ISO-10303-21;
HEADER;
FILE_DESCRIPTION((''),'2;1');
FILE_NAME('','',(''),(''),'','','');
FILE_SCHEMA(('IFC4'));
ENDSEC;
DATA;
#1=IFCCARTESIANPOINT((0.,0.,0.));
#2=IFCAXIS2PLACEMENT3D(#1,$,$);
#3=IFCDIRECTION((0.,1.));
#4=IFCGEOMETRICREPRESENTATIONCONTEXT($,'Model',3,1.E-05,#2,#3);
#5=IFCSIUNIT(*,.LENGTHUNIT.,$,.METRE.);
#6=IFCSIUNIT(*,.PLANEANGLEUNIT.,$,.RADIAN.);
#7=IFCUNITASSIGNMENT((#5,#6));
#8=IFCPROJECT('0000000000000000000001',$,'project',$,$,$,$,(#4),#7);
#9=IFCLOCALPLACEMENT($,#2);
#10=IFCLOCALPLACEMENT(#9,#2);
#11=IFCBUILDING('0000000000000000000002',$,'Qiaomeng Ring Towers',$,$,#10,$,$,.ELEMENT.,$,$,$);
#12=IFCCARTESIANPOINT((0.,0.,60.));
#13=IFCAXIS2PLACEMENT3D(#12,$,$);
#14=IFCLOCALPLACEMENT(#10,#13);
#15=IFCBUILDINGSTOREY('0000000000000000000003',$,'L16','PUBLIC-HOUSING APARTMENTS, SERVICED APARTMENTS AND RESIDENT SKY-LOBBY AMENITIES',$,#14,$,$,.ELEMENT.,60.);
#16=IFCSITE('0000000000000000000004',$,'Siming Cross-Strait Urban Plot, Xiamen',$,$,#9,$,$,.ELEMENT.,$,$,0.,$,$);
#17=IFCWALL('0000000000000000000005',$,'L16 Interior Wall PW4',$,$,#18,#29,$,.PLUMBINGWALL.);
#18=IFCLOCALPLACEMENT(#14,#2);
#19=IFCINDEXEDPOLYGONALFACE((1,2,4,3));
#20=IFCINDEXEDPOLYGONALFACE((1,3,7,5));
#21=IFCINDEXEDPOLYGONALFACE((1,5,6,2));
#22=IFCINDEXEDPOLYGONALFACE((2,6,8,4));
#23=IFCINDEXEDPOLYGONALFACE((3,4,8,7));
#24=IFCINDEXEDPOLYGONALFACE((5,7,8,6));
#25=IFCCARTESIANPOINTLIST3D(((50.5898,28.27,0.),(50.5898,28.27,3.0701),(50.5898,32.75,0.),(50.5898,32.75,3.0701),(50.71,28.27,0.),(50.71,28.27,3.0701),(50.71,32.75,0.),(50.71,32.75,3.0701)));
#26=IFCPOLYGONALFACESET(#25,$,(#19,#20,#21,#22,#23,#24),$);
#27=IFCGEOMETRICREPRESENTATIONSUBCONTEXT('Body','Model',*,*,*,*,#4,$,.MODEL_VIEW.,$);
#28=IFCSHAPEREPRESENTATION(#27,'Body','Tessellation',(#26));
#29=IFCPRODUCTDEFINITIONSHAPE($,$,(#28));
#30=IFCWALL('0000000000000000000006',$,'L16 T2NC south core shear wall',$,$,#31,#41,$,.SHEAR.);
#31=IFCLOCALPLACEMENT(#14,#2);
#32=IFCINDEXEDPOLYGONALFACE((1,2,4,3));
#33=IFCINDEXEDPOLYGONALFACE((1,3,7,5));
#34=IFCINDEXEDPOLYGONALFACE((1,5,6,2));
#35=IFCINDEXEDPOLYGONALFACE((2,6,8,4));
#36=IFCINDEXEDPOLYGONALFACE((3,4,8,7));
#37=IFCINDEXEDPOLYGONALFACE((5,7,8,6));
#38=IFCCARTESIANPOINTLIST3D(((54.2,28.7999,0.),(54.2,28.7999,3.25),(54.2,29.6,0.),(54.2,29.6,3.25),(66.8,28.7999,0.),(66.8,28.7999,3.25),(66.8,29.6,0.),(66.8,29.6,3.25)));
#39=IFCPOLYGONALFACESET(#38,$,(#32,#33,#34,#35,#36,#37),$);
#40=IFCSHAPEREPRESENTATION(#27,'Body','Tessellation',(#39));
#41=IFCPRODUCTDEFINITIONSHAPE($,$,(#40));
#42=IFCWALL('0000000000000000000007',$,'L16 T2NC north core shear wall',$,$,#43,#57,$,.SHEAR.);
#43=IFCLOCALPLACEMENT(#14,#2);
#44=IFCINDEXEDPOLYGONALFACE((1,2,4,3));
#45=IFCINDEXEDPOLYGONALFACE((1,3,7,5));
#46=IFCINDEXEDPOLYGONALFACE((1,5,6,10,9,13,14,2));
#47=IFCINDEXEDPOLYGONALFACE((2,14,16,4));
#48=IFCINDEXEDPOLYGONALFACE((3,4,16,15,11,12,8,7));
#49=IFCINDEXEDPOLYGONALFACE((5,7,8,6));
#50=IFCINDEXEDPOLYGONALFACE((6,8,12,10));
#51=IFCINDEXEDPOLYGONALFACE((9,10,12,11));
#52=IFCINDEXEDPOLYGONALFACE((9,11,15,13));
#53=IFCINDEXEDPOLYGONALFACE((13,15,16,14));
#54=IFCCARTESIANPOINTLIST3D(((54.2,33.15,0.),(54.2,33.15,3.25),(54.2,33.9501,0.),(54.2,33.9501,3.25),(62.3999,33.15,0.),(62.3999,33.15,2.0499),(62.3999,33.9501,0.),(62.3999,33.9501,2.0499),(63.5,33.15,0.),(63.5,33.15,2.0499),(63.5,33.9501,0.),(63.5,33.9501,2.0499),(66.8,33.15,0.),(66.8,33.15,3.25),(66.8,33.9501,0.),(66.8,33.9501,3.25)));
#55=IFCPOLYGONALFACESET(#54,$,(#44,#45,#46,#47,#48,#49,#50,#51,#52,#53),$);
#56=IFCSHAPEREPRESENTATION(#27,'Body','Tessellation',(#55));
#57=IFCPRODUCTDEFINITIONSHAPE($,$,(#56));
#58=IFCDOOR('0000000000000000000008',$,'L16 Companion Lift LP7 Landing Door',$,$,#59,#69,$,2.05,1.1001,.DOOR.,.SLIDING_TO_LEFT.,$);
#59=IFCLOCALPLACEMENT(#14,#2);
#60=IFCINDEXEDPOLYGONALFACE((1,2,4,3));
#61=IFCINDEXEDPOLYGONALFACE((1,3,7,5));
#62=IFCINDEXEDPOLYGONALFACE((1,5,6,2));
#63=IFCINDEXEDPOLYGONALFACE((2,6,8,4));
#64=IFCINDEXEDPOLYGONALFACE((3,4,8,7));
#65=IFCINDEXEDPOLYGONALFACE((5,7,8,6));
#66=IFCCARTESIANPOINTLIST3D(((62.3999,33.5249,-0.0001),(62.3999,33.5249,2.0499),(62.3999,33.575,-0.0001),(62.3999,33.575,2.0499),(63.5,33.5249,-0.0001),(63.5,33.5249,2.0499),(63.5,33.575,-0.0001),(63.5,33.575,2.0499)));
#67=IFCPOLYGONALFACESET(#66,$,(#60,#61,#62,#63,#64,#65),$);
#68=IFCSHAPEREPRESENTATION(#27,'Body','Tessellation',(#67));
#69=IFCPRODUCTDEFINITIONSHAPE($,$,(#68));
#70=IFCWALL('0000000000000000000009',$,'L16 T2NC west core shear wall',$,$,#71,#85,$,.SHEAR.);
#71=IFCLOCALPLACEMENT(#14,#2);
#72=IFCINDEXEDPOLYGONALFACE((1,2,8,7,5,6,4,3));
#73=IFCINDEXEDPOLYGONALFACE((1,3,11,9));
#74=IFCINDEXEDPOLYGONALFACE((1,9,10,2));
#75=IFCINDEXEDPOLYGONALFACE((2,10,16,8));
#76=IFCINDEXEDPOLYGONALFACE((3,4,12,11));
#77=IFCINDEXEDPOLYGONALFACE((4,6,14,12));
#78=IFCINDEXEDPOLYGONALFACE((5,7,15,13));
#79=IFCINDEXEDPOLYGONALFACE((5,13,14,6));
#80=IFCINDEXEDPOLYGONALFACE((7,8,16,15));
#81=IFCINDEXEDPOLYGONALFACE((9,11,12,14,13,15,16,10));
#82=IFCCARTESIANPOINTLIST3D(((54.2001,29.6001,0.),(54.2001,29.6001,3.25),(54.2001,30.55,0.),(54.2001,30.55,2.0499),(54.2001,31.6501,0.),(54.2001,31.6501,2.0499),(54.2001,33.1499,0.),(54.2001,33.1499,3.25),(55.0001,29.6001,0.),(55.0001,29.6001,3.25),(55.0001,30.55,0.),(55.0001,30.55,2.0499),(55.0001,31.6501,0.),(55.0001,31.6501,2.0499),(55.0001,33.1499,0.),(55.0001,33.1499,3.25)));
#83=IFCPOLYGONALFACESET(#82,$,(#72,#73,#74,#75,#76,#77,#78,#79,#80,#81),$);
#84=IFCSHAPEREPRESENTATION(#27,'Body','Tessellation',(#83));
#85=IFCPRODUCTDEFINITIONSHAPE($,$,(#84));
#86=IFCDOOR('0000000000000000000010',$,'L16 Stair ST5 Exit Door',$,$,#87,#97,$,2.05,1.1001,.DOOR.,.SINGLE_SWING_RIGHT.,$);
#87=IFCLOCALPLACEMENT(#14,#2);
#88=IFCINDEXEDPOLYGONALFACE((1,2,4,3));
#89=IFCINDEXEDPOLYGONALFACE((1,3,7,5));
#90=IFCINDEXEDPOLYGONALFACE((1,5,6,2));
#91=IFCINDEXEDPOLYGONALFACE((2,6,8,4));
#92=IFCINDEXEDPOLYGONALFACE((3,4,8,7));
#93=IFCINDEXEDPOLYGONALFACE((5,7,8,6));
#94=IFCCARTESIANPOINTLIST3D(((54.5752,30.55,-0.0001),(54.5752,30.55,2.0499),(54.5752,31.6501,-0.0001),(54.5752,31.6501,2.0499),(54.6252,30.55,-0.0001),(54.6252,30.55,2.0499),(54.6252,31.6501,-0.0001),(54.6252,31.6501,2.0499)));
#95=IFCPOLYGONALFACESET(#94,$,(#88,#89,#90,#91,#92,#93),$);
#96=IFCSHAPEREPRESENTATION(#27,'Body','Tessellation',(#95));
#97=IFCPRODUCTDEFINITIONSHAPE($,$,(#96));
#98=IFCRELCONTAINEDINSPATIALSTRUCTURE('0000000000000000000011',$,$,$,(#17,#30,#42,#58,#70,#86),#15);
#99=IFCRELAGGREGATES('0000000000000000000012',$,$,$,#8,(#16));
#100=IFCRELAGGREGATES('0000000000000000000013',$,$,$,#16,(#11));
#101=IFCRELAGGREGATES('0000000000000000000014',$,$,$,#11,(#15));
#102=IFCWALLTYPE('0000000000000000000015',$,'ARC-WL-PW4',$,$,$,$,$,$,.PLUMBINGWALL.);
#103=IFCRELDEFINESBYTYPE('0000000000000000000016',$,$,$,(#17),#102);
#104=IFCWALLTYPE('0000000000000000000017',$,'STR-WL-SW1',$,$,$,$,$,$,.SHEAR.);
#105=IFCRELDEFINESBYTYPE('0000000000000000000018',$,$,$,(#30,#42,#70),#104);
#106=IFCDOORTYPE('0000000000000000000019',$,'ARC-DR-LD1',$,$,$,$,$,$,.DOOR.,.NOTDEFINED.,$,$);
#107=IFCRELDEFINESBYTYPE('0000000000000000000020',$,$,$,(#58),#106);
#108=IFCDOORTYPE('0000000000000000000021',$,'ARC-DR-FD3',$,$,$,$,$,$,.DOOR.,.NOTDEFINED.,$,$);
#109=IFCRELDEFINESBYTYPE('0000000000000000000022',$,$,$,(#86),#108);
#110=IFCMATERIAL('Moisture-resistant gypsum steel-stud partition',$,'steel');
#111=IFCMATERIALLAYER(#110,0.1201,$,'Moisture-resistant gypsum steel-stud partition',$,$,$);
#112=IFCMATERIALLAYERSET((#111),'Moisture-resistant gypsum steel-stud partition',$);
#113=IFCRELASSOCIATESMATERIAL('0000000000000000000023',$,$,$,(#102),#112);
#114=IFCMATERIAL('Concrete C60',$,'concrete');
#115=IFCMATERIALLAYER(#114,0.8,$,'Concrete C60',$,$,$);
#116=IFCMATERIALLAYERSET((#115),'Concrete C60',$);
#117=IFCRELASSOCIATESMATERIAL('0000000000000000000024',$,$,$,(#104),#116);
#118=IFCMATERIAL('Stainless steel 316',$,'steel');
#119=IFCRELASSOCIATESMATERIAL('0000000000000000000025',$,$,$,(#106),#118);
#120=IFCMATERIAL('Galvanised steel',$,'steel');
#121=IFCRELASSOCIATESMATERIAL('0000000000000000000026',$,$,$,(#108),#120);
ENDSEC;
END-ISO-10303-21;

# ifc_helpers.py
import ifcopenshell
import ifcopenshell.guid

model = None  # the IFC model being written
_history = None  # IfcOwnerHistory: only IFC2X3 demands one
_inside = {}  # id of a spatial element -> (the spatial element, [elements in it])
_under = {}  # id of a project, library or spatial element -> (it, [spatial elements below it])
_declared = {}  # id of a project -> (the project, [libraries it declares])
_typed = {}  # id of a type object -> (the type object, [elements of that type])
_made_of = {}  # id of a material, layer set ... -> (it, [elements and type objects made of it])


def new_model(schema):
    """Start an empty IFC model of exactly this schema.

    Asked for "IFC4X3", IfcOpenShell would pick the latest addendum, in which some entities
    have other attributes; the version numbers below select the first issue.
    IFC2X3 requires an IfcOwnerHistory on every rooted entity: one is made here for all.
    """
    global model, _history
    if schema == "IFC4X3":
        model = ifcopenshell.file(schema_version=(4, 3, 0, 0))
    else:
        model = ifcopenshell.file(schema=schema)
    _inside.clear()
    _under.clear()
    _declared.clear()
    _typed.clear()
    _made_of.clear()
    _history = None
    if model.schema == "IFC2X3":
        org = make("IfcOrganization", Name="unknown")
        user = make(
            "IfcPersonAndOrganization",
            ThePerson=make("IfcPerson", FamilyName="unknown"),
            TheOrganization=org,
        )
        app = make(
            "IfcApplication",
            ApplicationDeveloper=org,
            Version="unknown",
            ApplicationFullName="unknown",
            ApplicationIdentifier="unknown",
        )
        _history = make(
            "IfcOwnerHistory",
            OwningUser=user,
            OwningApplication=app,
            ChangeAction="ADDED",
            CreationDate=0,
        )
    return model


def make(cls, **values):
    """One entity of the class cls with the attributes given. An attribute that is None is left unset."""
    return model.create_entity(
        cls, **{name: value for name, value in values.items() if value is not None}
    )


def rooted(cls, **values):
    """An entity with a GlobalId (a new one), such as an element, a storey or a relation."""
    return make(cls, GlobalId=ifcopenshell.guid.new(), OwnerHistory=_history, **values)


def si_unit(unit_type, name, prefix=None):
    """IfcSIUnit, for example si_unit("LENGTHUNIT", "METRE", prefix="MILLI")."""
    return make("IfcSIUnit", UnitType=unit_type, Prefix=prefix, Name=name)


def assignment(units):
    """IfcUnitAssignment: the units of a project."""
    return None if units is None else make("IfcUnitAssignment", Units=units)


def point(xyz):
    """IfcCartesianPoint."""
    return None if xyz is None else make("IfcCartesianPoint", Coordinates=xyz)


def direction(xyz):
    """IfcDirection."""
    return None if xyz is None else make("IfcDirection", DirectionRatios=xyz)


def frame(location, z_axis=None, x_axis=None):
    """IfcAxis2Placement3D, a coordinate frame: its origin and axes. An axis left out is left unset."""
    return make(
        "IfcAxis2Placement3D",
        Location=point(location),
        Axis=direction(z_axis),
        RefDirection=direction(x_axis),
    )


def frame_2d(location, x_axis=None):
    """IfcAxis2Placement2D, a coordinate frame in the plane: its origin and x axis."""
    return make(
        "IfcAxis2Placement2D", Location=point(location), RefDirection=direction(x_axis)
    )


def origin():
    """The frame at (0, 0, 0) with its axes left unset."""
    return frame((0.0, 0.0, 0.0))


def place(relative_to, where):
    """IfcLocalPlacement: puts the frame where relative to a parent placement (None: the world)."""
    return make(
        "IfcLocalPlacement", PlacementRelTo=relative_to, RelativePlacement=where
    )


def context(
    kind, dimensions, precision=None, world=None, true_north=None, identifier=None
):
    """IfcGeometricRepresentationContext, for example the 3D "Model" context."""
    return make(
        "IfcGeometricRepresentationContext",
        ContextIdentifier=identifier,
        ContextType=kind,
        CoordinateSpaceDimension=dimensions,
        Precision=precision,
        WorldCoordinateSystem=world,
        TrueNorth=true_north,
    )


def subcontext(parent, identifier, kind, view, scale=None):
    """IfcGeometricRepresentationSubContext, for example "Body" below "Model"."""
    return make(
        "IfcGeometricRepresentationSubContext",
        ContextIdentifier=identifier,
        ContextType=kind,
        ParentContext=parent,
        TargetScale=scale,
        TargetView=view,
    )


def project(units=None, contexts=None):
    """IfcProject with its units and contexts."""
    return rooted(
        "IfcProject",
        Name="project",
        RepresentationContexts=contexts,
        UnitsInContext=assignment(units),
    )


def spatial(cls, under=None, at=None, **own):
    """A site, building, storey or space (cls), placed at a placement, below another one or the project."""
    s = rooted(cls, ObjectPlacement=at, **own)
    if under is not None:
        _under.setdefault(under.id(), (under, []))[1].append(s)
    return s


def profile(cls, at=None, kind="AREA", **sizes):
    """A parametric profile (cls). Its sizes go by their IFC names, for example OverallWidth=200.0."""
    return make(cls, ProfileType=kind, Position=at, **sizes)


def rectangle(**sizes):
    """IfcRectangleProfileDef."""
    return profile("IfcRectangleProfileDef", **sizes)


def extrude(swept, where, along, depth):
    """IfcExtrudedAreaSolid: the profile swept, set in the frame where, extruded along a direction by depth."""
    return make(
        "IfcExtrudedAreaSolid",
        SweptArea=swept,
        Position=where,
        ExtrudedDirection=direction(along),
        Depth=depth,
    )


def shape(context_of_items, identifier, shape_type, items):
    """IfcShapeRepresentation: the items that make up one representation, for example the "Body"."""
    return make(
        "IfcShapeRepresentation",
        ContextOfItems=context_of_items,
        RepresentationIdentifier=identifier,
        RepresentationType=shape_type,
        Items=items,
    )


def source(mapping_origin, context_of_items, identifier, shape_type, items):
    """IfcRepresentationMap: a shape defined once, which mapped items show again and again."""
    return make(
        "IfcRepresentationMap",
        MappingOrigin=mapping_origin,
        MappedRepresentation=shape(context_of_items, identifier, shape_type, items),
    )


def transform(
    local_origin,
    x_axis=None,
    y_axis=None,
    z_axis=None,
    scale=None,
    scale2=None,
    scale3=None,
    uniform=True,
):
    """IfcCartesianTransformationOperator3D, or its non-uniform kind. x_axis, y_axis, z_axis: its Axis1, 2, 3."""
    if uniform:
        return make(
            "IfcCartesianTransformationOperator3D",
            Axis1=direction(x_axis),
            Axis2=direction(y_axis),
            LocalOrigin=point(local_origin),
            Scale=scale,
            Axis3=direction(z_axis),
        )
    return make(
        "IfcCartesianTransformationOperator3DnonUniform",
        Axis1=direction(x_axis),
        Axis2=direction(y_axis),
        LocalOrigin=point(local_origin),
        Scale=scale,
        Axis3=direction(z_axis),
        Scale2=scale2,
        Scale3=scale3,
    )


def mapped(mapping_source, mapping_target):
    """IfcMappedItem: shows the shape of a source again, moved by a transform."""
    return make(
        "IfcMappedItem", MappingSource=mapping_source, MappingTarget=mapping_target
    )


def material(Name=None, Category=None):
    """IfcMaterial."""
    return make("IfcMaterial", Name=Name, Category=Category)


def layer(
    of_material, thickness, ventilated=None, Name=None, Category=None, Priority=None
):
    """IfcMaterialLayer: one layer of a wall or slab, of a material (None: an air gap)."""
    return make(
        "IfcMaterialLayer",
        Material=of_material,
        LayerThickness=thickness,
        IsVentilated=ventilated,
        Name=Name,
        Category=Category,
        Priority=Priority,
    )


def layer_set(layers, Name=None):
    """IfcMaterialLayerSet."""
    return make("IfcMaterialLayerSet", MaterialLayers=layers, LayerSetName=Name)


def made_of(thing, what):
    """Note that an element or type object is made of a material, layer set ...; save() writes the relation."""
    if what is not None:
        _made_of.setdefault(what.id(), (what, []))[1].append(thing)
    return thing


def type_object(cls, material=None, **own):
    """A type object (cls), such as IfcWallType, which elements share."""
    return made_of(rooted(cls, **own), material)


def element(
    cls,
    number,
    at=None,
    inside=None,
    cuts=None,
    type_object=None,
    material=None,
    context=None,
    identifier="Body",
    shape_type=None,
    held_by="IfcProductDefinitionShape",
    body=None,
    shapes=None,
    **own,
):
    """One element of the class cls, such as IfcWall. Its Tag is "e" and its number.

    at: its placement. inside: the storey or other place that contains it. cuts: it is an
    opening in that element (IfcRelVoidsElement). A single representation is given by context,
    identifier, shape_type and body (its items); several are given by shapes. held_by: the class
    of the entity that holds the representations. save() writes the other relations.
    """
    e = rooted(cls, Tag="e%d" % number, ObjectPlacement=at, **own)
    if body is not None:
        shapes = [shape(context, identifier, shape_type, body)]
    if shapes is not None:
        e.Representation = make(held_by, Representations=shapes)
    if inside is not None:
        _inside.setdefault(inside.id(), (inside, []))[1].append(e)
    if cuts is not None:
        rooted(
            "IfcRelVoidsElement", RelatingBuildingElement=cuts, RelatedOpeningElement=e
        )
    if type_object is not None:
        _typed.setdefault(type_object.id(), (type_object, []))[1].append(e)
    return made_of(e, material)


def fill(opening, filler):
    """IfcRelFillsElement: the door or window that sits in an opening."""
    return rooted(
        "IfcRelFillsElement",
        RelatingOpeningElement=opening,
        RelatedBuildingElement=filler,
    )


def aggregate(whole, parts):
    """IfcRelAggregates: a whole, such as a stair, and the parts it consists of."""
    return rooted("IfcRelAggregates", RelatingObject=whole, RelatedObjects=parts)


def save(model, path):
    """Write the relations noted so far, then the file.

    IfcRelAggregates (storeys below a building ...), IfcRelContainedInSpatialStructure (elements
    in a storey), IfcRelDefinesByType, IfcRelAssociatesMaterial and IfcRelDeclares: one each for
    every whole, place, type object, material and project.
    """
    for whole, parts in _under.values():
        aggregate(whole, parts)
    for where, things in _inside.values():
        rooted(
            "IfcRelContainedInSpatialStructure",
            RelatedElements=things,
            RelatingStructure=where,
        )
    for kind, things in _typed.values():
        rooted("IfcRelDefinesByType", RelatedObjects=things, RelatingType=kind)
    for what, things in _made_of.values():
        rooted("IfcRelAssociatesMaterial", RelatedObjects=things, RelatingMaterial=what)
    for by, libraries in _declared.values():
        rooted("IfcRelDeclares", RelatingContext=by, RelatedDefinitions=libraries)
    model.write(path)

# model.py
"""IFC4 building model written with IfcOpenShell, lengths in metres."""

from ifc_helpers import new_model, si_unit, direction, frame, frame_2d, origin, place, context, subcontext, project, spatial, rectangle, extrude, source, transform, mapped, material, layer, layer_set, type_object, element, fill, save


model = new_model("IFC4")

# Units and contexts
model_context = context("Model", 3, precision=1e-05, world=origin(), true_north=direction((0.0, 1.0)))
body_context = subcontext(model_context, "Body", "Model", "MODEL_VIEW")
ifc_project = project(units=[si_unit("LENGTHUNIT", "METRE"), si_unit("PLANEANGLEUNIT", "RADIAN")], contexts=[model_context])

# Site, building, storey
site_placement = place(None, origin())
site = spatial("IfcSite", under=ifc_project, at=site_placement, Name="Siming Cross-Strait Urban Plot, Xiamen", CompositionType="ELEMENT", RefElevation=0.0)
building_placement = place(site_placement, origin())
building = spatial("IfcBuilding", under=site, at=building_placement, Name="Qiaomeng Ring Towers", CompositionType="ELEMENT")
storey_placement = place(building_placement, frame((0.0, 0.0, 60.0)))
storey = spatial("IfcBuildingStorey", under=building, at=storey_placement, Name="L16", Description="PUBLIC-HOUSING APARTMENTS, SERVICED APARTMENTS AND RESIDENT SKY-LOBBY AMENITIES", CompositionType="ELEMENT", Elevation=60.0)

# Shared definitions
ifc_material_1 = material(Name="Concrete C60", Category="concrete")

# Walls
ifc_material_2 = material(Name="Moisture-resistant gypsum steel-stud partition", Category="steel")
ifc_layer_1 = layer(ifc_material_2, 0.1201, Name="Moisture-resistant gypsum steel-stud partition")
ifc_layer_set_1 = layer_set([ifc_layer_1], Name="Moisture-resistant gypsum steel-stud partition")
wall_type_1 = type_object("IfcWallType", Name="ARC-WL-PW4", PredefinedType="PLUMBINGWALL", material=ifc_layer_set_1)
wall_1_placement = place(storey_placement, frame((50.6499, 28.27, 0.0), z_axis=(0.0, 0.0, 1.0), x_axis=(0.0, 1.0, 0.0)))
element("IfcWall", 1, at=wall_1_placement, inside=storey, type_object=wall_type_1, Name="L16 Interior Wall PW4", PredefinedType="PLUMBINGWALL", context=body_context, shape_type="SweptSolid", body=[
    extrude(rectangle(XDim=4.48, YDim=0.1201, at=frame_2d((2.24, 0.0))), origin(), (0.0, 0.0, 1.0), 3.0701),
])
ifc_layer_2 = layer(ifc_material_1, 0.8, Name="Concrete C60")
ifc_layer_set_2 = layer_set([ifc_layer_2], Name="Concrete C60")
wall_type_2 = type_object("IfcWallType", Name="STR-WL-SW1", PredefinedType="SHEAR", material=ifc_layer_set_2)
wall_2_placement = place(storey_placement, frame((54.2, 29.2, 0.0), z_axis=(0.0, 0.0, 1.0), x_axis=(1.0, 0.0, 0.0)))
element("IfcWall", 2, at=wall_2_placement, inside=storey, type_object=wall_type_2, Name="L16 T2NC south core shear wall", PredefinedType="SHEAR", context=body_context, shape_type="SweptSolid", body=[
    extrude(rectangle(XDim=12.6001, YDim=0.8, at=frame_2d((6.3, 0.0))), origin(), (0.0, 0.0, 1.0), 3.25),
])

# Walls, openings, doors
wall_3_placement = place(storey_placement, frame((54.2, 33.55, 0.0), z_axis=(0.0, 0.0, 1.0), x_axis=(1.0, 0.0, 0.0)))
wall_3 = element("IfcWall", 3, at=wall_3_placement, inside=storey, type_object=wall_type_2, Name="L16 T2NC north core shear wall", PredefinedType="SHEAR", context=body_context, shape_type="SweptSolid", body=[
    extrude(rectangle(XDim=12.6001, YDim=0.8, at=frame_2d((6.3, 0.0))), origin(), (0.0, 0.0, 1.0), 3.25),
])
opening_1_placement = place(wall_3_placement, frame((8.2, 0.0, 0.0)))
opening_1 = element("IfcOpeningElement", 4, at=opening_1_placement, cuts=wall_3, PredefinedType="OPENING", context=body_context, shape_type="SweptSolid", body=[
    extrude(rectangle(XDim=1.1001, YDim=2.05, at=frame_2d((0.55, 1.0249))), frame((0.0, 0.4099, 0.0), z_axis=(0.0, -1.0, 0.0), x_axis=(1.0, 0.0, 0.0)), (0.0, 0.0, 1.0), 0.8201),
])
ifc_material_3 = material(Name="Stainless steel 316", Category="steel")
door_type_1 = type_object("IfcDoorType", Name="ARC-DR-LD1", OperationType="NOTDEFINED", PredefinedType="DOOR", material=ifc_material_3)
shared_shape_1 = source(origin(), body_context, "Body", "SweptSolid", [
    extrude(rectangle(XDim=1.1001, YDim=2.05, at=frame_2d((0.55, 1.0249))), frame((0.0, 0.0249, 0.0), z_axis=(0.0, -1.0, 0.0), x_axis=(1.0, 0.0, 0.0)), (0.0, 0.0, 1.0), 0.05),
])
door_1_placement = place(opening_1_placement, origin())
door_1 = element("IfcDoor", 5, at=door_1_placement, inside=storey, type_object=door_type_1, Name="L16 Companion Lift LP7 Landing Door", OperationType="SLIDING_TO_LEFT", OverallHeight=2.05, OverallWidth=1.1001, PredefinedType="DOOR", context=body_context, shape_type="MappedRepresentation", body=[
    mapped(shared_shape_1, transform((0.0, 0.0, 0.0), x_axis=(1.0, 0.0, 0.0), y_axis=(0.0, 1.0, 0.0), z_axis=(0.0, 0.0, 1.0), scale=1.0)),
])
fill(opening_1, door_1)
wall_4_placement = place(storey_placement, frame((54.6001, 29.6001, 0.0), z_axis=(0.0, 0.0, 1.0), x_axis=(0.0, 1.0, 0.0)))
wall_4 = element("IfcWall", 6, at=wall_4_placement, inside=storey, type_object=wall_type_2, Name="L16 T2NC west core shear wall", PredefinedType="SHEAR", context=body_context, shape_type="SweptSolid", body=[
    extrude(rectangle(XDim=3.5498, YDim=0.8, at=frame_2d((1.7749, 0.0))), origin(), (0.0, 0.0, 1.0), 3.25),
])
opening_2_placement = place(wall_4_placement, frame((0.95, 0.0, 0.0)))
opening_2 = element("IfcOpeningElement", 7, at=opening_2_placement, cuts=wall_4, PredefinedType="OPENING", context=body_context, shape_type="SweptSolid", body=[
    extrude(rectangle(XDim=1.1001, YDim=2.05, at=frame_2d((0.55, 1.0249))), frame((0.0, 0.4099, 0.0), z_axis=(0.0, -1.0, 0.0), x_axis=(1.0, 0.0, 0.0)), (0.0, 0.0, 1.0), 0.8201),
])
ifc_material_4 = material(Name="Galvanised steel", Category="steel")
door_type_2 = type_object("IfcDoorType", Name="ARC-DR-FD3", OperationType="NOTDEFINED", PredefinedType="DOOR", material=ifc_material_4)
door_2_placement = place(opening_2_placement, origin())
door_2 = element("IfcDoor", 8, at=door_2_placement, inside=storey, type_object=door_type_2, Name="L16 Stair ST5 Exit Door", OperationType="SINGLE_SWING_RIGHT", OverallHeight=2.05, OverallWidth=1.1001, PredefinedType="DOOR", context=body_context, shape_type="MappedRepresentation", body=[
    mapped(shared_shape_1, transform((0.0, 0.0, 0.0), x_axis=(1.0, 0.0, 0.0), y_axis=(0.0, 1.0, 0.0), z_axis=(0.0, 0.0, 1.0), scale=1.0)),
])
fill(opening_2, door_2)

save(model, "model.ifc")
